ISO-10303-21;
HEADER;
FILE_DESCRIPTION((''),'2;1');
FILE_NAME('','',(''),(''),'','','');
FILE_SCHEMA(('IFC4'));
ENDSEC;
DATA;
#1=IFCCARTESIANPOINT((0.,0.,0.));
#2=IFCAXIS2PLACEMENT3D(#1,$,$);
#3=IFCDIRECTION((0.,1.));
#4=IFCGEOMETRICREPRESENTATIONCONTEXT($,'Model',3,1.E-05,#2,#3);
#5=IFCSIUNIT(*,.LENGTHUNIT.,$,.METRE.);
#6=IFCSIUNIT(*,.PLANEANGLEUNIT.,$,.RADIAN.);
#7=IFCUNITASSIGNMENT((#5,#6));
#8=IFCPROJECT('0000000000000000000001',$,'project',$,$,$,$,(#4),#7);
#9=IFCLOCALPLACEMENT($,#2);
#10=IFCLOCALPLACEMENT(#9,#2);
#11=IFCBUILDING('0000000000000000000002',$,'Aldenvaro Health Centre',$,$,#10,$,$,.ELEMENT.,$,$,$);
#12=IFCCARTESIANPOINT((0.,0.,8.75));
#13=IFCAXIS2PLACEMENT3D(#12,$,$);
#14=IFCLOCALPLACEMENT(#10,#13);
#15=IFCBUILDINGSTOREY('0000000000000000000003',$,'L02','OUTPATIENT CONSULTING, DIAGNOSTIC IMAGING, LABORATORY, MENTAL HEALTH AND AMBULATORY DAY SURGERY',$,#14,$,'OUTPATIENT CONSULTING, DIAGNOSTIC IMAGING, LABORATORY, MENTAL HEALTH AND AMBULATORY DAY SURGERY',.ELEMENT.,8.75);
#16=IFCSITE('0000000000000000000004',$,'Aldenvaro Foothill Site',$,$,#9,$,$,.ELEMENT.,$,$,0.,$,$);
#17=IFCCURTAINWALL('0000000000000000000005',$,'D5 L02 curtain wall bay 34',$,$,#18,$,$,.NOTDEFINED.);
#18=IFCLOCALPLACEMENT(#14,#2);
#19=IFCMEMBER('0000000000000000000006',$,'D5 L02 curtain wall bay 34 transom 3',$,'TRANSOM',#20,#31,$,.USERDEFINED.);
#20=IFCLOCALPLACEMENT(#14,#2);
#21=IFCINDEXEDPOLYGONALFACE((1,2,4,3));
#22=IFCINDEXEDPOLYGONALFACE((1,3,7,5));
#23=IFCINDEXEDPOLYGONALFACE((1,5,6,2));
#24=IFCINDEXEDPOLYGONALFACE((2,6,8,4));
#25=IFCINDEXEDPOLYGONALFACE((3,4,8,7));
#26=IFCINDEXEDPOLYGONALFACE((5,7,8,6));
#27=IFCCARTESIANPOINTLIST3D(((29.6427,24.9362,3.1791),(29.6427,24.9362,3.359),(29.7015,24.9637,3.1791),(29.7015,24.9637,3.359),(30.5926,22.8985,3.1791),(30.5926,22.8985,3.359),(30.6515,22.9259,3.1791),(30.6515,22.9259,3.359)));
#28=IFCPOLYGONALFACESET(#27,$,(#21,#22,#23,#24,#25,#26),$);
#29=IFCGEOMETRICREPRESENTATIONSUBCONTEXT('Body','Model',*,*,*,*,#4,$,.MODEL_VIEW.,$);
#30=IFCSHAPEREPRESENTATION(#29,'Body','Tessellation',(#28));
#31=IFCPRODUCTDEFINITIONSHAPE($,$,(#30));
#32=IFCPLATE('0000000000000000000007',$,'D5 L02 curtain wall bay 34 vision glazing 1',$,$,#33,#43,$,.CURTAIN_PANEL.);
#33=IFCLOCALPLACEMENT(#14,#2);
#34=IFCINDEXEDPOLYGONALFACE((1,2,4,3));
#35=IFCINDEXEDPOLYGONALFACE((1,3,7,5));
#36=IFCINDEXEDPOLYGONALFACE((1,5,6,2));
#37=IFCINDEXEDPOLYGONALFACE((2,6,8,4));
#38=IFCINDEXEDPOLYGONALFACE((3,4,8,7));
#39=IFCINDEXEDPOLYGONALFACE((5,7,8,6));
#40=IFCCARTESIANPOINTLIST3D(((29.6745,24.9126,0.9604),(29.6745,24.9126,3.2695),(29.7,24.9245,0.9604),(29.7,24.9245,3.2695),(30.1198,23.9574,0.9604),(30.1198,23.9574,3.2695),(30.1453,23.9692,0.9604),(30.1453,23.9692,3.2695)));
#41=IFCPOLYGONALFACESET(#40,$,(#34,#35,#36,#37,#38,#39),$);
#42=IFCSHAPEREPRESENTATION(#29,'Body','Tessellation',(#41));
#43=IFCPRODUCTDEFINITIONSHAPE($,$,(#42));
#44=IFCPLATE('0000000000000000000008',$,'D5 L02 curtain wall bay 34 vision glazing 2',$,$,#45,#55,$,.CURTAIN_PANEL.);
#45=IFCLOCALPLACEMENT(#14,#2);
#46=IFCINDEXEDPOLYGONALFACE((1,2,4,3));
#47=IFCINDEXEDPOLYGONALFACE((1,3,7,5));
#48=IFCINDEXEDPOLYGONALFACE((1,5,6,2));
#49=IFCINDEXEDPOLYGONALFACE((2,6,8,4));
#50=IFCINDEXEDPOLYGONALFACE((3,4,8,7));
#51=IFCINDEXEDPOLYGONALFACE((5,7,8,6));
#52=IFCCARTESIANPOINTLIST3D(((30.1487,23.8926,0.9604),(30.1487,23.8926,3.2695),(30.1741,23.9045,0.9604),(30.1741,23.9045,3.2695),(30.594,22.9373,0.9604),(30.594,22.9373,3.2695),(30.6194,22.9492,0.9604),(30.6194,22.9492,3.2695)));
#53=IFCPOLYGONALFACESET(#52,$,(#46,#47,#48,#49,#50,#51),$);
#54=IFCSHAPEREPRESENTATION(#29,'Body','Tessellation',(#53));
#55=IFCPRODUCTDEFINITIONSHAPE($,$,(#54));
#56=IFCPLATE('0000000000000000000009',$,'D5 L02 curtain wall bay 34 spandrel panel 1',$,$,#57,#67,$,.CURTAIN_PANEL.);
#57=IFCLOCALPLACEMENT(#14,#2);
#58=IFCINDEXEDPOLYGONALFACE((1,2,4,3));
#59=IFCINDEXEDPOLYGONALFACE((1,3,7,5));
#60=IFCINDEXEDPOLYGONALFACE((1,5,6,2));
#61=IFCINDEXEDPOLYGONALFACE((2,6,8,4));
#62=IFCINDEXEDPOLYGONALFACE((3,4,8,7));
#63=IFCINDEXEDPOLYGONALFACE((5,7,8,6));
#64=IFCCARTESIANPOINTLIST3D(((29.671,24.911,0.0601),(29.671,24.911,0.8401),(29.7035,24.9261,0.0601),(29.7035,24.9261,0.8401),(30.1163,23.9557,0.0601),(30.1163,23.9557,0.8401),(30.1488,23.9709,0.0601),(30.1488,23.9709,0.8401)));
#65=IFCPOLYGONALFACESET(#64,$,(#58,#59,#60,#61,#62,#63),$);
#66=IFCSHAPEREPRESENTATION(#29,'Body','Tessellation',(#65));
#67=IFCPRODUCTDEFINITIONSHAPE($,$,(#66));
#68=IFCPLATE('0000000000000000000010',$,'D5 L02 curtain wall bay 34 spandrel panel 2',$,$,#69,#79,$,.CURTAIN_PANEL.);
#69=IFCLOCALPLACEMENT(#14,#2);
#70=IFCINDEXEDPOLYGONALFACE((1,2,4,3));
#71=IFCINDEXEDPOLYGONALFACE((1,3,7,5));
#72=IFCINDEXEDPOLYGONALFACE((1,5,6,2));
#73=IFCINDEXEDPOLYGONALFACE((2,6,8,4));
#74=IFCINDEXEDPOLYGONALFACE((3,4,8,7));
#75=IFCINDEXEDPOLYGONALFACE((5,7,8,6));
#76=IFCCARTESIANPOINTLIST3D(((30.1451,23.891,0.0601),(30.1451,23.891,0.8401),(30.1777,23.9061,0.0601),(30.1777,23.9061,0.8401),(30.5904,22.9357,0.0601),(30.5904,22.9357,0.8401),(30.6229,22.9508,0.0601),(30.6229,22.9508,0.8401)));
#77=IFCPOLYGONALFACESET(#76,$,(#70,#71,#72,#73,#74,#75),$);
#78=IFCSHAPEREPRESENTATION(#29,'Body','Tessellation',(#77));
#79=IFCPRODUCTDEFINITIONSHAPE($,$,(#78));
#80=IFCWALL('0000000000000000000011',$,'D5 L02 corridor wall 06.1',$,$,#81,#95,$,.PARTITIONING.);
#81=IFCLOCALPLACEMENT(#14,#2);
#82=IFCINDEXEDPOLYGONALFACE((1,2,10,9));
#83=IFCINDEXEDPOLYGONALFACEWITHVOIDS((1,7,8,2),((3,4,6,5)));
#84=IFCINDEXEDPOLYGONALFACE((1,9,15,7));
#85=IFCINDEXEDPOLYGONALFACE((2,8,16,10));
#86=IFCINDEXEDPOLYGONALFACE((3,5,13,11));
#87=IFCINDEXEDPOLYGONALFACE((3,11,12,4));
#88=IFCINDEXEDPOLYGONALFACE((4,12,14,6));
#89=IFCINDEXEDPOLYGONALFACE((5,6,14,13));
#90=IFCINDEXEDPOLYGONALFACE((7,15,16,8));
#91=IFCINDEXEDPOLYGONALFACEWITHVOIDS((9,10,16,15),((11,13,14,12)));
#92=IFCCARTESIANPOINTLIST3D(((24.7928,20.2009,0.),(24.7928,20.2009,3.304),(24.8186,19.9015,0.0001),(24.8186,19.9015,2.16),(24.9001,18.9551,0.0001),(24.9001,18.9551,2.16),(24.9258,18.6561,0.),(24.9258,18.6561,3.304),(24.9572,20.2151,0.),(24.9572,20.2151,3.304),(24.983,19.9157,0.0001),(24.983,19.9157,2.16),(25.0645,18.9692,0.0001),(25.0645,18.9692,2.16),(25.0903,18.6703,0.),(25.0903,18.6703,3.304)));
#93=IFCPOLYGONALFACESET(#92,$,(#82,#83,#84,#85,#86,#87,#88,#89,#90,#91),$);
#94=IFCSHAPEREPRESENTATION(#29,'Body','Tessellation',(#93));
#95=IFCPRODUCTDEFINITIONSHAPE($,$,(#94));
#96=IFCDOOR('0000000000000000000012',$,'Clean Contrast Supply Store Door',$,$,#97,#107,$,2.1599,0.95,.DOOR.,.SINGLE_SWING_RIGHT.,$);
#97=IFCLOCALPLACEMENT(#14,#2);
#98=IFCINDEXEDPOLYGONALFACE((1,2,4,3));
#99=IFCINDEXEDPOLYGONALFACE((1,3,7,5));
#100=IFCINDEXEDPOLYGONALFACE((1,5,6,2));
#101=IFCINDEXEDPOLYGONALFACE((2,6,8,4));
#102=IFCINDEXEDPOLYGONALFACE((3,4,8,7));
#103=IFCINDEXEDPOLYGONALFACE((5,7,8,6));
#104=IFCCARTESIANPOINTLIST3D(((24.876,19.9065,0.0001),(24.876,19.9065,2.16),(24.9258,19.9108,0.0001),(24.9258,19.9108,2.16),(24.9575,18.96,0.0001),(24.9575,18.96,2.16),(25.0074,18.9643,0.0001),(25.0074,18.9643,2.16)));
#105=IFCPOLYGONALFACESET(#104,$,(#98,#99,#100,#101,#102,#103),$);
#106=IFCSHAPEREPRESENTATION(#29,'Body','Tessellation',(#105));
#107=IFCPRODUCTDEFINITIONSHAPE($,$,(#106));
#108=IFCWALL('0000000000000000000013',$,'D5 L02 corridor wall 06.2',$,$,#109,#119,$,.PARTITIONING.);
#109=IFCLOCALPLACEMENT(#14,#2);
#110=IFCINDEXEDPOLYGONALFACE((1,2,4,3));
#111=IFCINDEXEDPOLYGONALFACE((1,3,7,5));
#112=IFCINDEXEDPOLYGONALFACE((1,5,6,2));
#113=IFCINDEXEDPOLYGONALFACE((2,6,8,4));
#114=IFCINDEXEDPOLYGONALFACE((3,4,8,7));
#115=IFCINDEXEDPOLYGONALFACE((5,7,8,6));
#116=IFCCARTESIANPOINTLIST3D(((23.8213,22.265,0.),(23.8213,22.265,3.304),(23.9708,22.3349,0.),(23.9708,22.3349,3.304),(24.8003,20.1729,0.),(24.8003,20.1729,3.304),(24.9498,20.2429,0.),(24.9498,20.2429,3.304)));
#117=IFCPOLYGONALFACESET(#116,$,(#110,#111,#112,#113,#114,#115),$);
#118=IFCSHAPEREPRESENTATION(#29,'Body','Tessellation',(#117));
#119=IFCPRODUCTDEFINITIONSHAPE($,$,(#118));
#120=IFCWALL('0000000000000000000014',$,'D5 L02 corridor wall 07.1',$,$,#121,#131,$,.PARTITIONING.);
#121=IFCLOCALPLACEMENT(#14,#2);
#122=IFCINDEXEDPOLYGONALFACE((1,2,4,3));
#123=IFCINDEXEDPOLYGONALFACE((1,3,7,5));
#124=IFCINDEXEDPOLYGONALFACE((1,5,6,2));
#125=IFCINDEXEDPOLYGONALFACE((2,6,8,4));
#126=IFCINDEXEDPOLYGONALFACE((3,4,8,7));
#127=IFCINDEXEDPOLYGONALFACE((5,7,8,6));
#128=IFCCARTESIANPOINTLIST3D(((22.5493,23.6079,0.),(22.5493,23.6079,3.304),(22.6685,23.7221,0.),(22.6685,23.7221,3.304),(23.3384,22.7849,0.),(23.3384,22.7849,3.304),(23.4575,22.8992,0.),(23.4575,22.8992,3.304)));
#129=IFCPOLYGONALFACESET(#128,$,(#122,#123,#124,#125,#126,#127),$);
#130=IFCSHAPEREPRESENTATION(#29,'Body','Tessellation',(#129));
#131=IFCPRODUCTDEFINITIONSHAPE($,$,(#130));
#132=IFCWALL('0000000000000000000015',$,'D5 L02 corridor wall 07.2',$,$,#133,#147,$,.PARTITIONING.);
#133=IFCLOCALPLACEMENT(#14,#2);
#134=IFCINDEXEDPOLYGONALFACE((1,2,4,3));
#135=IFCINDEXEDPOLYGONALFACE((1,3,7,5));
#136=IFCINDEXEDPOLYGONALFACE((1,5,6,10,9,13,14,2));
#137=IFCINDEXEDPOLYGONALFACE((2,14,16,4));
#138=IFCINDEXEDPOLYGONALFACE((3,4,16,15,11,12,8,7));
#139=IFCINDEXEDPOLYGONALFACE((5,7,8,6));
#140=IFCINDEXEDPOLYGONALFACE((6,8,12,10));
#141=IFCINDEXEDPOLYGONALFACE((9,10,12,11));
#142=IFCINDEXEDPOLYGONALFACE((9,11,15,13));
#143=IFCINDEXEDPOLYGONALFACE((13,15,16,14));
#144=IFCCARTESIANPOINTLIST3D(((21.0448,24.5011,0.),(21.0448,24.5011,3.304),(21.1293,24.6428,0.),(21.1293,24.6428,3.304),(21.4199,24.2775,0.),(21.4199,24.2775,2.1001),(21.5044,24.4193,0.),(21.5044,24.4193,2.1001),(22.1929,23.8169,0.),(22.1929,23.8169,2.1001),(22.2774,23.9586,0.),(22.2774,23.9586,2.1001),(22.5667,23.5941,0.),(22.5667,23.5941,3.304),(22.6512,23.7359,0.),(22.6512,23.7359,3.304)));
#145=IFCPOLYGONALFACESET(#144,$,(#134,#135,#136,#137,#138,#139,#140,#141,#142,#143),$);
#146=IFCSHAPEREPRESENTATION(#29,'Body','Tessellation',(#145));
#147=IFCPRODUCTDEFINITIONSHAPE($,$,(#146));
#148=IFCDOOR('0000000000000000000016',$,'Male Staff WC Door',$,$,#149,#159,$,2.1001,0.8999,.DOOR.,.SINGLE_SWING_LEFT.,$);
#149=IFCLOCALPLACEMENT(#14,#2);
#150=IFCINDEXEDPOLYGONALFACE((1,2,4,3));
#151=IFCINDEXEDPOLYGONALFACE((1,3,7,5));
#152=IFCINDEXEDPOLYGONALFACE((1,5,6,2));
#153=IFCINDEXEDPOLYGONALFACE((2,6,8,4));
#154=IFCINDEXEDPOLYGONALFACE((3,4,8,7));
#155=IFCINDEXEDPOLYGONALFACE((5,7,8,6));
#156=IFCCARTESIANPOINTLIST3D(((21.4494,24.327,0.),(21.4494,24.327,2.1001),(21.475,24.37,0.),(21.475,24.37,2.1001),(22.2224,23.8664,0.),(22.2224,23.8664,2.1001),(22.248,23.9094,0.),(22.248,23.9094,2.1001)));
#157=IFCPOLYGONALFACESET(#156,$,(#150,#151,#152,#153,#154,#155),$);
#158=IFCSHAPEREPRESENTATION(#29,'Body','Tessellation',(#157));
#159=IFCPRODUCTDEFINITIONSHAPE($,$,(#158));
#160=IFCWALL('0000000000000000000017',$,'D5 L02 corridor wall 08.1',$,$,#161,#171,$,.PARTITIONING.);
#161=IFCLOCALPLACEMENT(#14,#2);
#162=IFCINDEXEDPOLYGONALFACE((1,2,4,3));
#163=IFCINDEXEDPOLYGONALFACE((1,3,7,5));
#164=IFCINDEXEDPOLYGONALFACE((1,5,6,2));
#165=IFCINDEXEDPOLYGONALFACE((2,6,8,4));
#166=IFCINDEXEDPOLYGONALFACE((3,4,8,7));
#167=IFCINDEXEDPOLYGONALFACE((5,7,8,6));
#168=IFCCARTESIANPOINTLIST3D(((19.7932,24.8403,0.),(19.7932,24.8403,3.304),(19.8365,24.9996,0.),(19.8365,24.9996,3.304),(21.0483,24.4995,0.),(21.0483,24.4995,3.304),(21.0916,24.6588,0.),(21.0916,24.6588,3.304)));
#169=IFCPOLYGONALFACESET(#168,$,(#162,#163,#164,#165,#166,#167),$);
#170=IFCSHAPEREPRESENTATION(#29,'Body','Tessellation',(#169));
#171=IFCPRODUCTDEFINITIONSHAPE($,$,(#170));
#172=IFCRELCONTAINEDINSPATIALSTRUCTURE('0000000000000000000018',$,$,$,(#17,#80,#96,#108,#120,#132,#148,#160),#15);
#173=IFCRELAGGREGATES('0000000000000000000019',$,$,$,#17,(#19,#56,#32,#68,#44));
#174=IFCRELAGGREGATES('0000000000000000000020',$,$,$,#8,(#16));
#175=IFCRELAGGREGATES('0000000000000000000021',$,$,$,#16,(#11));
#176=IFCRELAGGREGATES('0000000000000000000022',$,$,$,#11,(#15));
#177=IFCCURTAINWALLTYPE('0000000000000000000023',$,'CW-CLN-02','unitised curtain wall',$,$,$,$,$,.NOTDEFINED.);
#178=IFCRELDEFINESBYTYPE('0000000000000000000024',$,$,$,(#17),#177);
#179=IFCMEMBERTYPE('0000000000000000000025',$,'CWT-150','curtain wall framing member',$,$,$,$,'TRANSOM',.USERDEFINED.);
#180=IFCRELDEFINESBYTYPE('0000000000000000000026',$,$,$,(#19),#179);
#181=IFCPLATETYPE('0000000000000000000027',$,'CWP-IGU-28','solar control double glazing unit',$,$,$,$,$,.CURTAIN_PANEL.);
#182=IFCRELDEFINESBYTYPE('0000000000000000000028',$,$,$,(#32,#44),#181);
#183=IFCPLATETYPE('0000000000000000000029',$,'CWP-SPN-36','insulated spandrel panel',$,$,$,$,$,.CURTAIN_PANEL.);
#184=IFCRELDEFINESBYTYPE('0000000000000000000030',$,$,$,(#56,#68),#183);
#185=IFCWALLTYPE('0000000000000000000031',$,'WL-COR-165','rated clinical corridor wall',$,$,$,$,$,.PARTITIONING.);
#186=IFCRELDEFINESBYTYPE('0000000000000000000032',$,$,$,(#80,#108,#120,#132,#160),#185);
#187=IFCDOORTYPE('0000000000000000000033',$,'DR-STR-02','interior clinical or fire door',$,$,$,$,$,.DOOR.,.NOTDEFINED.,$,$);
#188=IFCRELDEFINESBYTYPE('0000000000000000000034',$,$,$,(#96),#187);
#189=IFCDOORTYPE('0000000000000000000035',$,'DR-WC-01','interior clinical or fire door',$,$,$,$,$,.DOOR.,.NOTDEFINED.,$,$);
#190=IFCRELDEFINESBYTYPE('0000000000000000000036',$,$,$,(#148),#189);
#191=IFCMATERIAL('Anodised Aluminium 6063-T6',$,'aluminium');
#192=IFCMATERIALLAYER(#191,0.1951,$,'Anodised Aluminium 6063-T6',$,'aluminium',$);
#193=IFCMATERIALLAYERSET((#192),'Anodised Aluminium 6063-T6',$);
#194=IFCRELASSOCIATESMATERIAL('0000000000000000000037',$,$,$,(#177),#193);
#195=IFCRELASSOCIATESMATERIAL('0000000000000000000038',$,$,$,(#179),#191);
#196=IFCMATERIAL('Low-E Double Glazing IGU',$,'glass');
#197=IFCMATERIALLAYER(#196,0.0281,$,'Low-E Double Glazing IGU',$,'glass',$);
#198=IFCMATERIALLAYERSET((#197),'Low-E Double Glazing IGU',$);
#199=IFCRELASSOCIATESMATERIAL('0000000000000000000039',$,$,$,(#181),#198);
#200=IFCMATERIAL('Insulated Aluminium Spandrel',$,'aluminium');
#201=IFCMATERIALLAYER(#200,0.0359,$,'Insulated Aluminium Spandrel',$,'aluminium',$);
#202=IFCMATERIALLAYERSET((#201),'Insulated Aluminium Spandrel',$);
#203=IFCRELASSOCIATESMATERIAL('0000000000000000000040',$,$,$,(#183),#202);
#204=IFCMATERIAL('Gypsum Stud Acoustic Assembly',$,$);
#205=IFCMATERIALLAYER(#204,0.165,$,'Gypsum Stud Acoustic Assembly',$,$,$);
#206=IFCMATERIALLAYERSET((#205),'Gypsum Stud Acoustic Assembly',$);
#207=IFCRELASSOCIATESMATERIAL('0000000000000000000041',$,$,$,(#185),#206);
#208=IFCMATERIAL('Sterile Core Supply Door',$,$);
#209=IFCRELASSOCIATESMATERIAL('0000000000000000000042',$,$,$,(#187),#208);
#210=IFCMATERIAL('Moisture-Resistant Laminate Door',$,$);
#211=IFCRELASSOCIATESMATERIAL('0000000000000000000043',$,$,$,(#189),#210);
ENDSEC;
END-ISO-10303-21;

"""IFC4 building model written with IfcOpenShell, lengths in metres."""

from ifc_helpers import new_model, si_unit, direction, frame, frame_2d, origin, origin_2d, place, context, subcontext, project, spatial, rectangle, extrude, material, layer, layer_set, material_profile, profile_set, type_object, element, fill, aggregate, save


model = new_model("IFC4")

# Units and contexts
model_context = context("Model", 3, precision=1e-05, world=origin(), true_north=direction((0.0, 1.0)))
body_context = subcontext(model_context, "Body", "Model", "MODEL_VIEW")
ifc_project = project(units=[si_unit("LENGTHUNIT", "METRE"), si_unit("PLANEANGLEUNIT", "RADIAN")], contexts=[model_context])

# Site, building, storey
site_placement = place(None, origin())
site = spatial("IfcSite", under=ifc_project, at=site_placement, Name="Aldenvaro Foothill Site", CompositionType="ELEMENT", RefElevation=0.0)
building_placement = place(site_placement, origin())
building = spatial("IfcBuilding", under=site, at=building_placement, Name="Aldenvaro Health Centre", CompositionType="ELEMENT")
storey_placement = place(building_placement, frame((0.0, 0.0, 8.75)))
storey = spatial("IfcBuildingStorey", under=building, at=storey_placement, Name="L02", Description="OUTPATIENT CONSULTING, DIAGNOSTIC IMAGING, LABORATORY, MENTAL HEALTH AND AMBULATORY DAY SURGERY", LongName="OUTPATIENT CONSULTING, DIAGNOSTIC IMAGING, LABORATORY, MENTAL HEALTH AND AMBULATORY DAY SURGERY", CompositionType="ELEMENT", Elevation=8.75)

# Curtain wall, member, plates
ifc_material_1 = material(Name="Anodised Aluminium 6063-T6", Category="aluminium")
ifc_layer_1 = layer(ifc_material_1, 0.1951, Name="Anodised Aluminium 6063-T6", Category="aluminium")
ifc_layer_set_1 = layer_set([ifc_layer_1], Name="Anodised Aluminium 6063-T6")
curtain_wall_type = type_object("IfcCurtainWallType", Name="CW-CLN-02", Description="unitised curtain wall", PredefinedType="NOTDEFINED", material=ifc_layer_set_1)
curtain_wall_placement = place(storey_placement, origin())
curtain_wall = element("IfcCurtainWall", 1, at=curtain_wall_placement, inside=storey, type_object=curtain_wall_type, Name="D5 L02 curtain wall bay 34", PredefinedType="NOTDEFINED")
ifc_material_profile_1 = material_profile(ifc_material_1, rectangle(XDim=0.0649, YDim=0.1799, at=origin_2d()), Name="ALU 65x180", Category="aluminium")
ifc_profile_set_1 = profile_set([ifc_material_profile_1], Name="Anodised Aluminium 6063-T6")
member_type_1 = type_object("IfcMemberType", Name="CWT-150", Description="curtain wall framing member", ElementType="TRANSOM", PredefinedType="USERDEFINED", material=ifc_profile_set_1)
member_1_placement = place(storey_placement, frame((29.6721, 24.95, 3.269), z_axis=(0.422505, -0.906361, 0.0), x_axis=(0.906361, 0.422505, 0.0)))
member_1 = element("IfcMember", 2, at=member_1_placement, type_object=member_type_1, Name="D5 L02 curtain wall bay 34 transom 3", ObjectType="TRANSOM", PredefinedType="USERDEFINED", context=body_context, shape_type="SweptSolid", body=[
    extrude(rectangle(XDim=0.0649, YDim=0.1799, at=origin_2d()), origin(), (0.0, 0.0, 1.0), 2.2483),
])
ifc_material_2 = material(Name="Low-E Double Glazing IGU", Category="glass")
ifc_layer_2 = layer(ifc_material_2, 0.0281, Name="Low-E Double Glazing IGU", Category="glass")
ifc_layer_set_2 = layer_set([ifc_layer_2], Name="Low-E Double Glazing IGU")
plate_type_1 = type_object("IfcPlateType", Name="CWP-IGU-28", Description="solar control double glazing unit", PredefinedType="CURTAIN_PANEL", material=ifc_layer_set_2)
plate_1_placement = place(storey_placement, frame((29.9099, 24.4409, 0.9604), z_axis=(0.0, 0.0, 1.0), x_axis=(0.422496, -0.906365, 0.0)))
plate_1 = element("IfcPlate", 3, at=plate_1_placement, type_object=plate_type_1, Name="D5 L02 curtain wall bay 34 vision glazing 1", PredefinedType="CURTAIN_PANEL", context=body_context, shape_type="SweptSolid", body=[
    extrude(rectangle(XDim=1.054, YDim=0.0281, at=origin_2d()), origin(), (0.0, 0.0, 1.0), 2.3091),
])
plate_2_placement = place(storey_placement, frame((30.384, 23.4209, 0.9604), z_axis=(0.0, 0.0, 1.0), x_axis=(0.422496, -0.906365, 0.0)))
plate_2 = element("IfcPlate", 4, at=plate_2_placement, type_object=plate_type_1, Name="D5 L02 curtain wall bay 34 vision glazing 2", PredefinedType="CURTAIN_PANEL", context=body_context, shape_type="SweptSolid", body=[
    extrude(rectangle(XDim=1.054, YDim=0.0281, at=origin_2d()), origin(), (0.0, 0.0, 1.0), 2.3091),
])
ifc_material_3 = material(Name="Insulated Aluminium Spandrel", Category="aluminium")
ifc_layer_3 = layer(ifc_material_3, 0.0359, Name="Insulated Aluminium Spandrel", Category="aluminium")
ifc_layer_set_3 = layer_set([ifc_layer_3], Name="Insulated Aluminium Spandrel")
plate_type_2 = type_object("IfcPlateType", Name="CWP-SPN-36", Description="insulated spandrel panel", PredefinedType="CURTAIN_PANEL", material=ifc_layer_set_3)
plate_3_placement = place(storey_placement, frame((29.9099, 24.4409, 0.0601), z_axis=(0.0, 0.0, 1.0), x_axis=(0.422496, -0.906365, 0.0)))
plate_3 = element("IfcPlate", 5, at=plate_3_placement, type_object=plate_type_2, Name="D5 L02 curtain wall bay 34 spandrel panel 1", PredefinedType="CURTAIN_PANEL", context=body_context, shape_type="SweptSolid", body=[
    extrude(rectangle(XDim=1.054, YDim=0.0359, at=origin_2d()), origin(), (0.0, 0.0, 1.0), 0.78),
])
plate_4_placement = place(storey_placement, frame((30.384, 23.4209, 0.0601), z_axis=(0.0, 0.0, 1.0), x_axis=(0.422496, -0.906365, 0.0)))
plate_4 = element("IfcPlate", 6, at=plate_4_placement, type_object=plate_type_2, Name="D5 L02 curtain wall bay 34 spandrel panel 2", PredefinedType="CURTAIN_PANEL", context=body_context, shape_type="SweptSolid", body=[
    extrude(rectangle(XDim=1.054, YDim=0.0359, at=origin_2d()), origin(), (0.0, 0.0, 1.0), 0.78),
])
aggregate(curtain_wall, [member_1, plate_3, plate_1, plate_4, plate_2])

# Wall, opening, door
ifc_material_4 = material(Name="Gypsum Stud Acoustic Assembly")
ifc_layer_4 = layer(ifc_material_4, 0.165, Name="Gypsum Stud Acoustic Assembly")
ifc_layer_set_4 = layer_set([ifc_layer_4], Name="Gypsum Stud Acoustic Assembly")
wall_type_1 = type_object("IfcWallType", Name="WL-COR-165", Description="rated clinical corridor wall", PredefinedType="PARTITIONING", material=ifc_layer_set_4)
wall_1_placement = place(storey_placement, frame((25.0081, 18.6631, 0.0), z_axis=(0.0, 0.0, 1.0), x_axis=(-0.085808, 0.996312, 0.0)))
wall_1 = element("IfcWall", 7, at=wall_1_placement, inside=storey, type_object=wall_type_1, Name="D5 L02 corridor wall 06.1", PredefinedType="PARTITIONING", context=body_context, shape_type="SweptSolid", body=[
    extrude(rectangle(XDim=1.5505, YDim=0.165, at=frame_2d((0.7754, 0.0))), origin(), (0.0, 0.0, 1.0), 3.304),
])
opening_1_placement = place(wall_1_placement, frame((0.3, 0.0, 0.0)))
opening_1 = element("IfcOpeningElement", 8, at=opening_1_placement, cuts=wall_1, PredefinedType="OPENING", context=body_context, shape_type="SweptSolid", body=[
    extrude(rectangle(XDim=0.95, YDim=2.1599, at=frame_2d((0.4751, 1.0801))), frame((0.0, 0.0925, 0.0), z_axis=(0.0, -1.0, 0.0), x_axis=(1.0, 0.0, 0.0)), (0.0, 0.0, 1.0), 0.1851),
])
ifc_material_5 = material(Name="Sterile Core Supply Door")
door_type_1 = type_object("IfcDoorType", Name="DR-STR-02", Description="interior clinical or fire door", OperationType="NOTDEFINED", PredefinedType="DOOR", material=ifc_material_5)
door_1_placement = place(opening_1_placement, origin())
door_1 = element("IfcDoor", 9, at=door_1_placement, inside=storey, type_object=door_type_1, Name="Clean Contrast Supply Store Door", OperationType="SINGLE_SWING_RIGHT", OverallHeight=2.1599, OverallWidth=0.95, PredefinedType="DOOR", context=body_context, shape_type="SweptSolid", body=[
    extrude(rectangle(XDim=0.95, YDim=2.1599, at=frame_2d((0.4751, 1.0801))), frame((0.0, 0.0249, 0.0), z_axis=(0.0, -1.0, 0.0), x_axis=(1.0, 0.0, 0.0)), (0.0, 0.0, 1.0), 0.05),
])
fill(opening_1, door_1)

# Walls
wall_2_placement = place(storey_placement, frame((24.875, 20.208, 0.0), z_axis=(0.0, 0.0, 1.0), x_axis=(-0.423852, 0.905732, 0.0)))
element("IfcWall", 10, at=wall_2_placement, inside=storey, type_object=wall_type_1, Name="D5 L02 corridor wall 06.2", PredefinedType="PARTITIONING", context=body_context, shape_type="SweptSolid", body=[
    extrude(rectangle(XDim=2.3098, YDim=0.165, at=frame_2d((1.1548, 0.0))), origin(), (0.0, 0.0, 1.0), 3.304),
])
wall_3_placement = place(storey_placement, frame((23.3979, 22.842, 0.0), z_axis=(0.0, 0.0, 1.0), x_axis=(-0.692068, 0.721832, 0.0)))
element("IfcWall", 11, at=wall_3_placement, inside=storey, type_object=wall_type_1, Name="D5 L02 corridor wall 07.1", PredefinedType="PARTITIONING", context=body_context, shape_type="SweptSolid", body=[
    extrude(rectangle(XDim=1.1401, YDim=0.165, at=frame_2d((0.5701, 0.0))), origin(), (0.0, 0.0, 1.0), 3.304),
])

# Wall, opening, door
wall_4_placement = place(storey_placement, frame((22.6089, 23.665, 0.0), z_axis=(0.0, 0.0, 1.0), x_axis=(-0.859033, 0.51192, 0.0)))
wall_4 = element("IfcWall", 12, at=wall_4_placement, inside=storey, type_object=wall_type_1, Name="D5 L02 corridor wall 07.2", PredefinedType="PARTITIONING", context=body_context, shape_type="SweptSolid", body=[
    extrude(rectangle(XDim=1.7717, YDim=0.165, at=frame_2d((0.8857, 0.0))), origin(), (0.0, 0.0, 1.0), 3.304),
])
opening_2_placement = place(wall_4_placement, frame((0.4351, 0.0, 0.0)))
opening_2 = element("IfcOpeningElement", 13, at=opening_2_placement, cuts=wall_4, PredefinedType="OPENING", context=body_context, shape_type="SweptSolid", body=[
    extrude(rectangle(XDim=0.8999, YDim=2.1001, at=frame_2d((0.45, 1.05))), frame((0.0, 0.0925, 0.0), z_axis=(0.0, -1.0, 0.0), x_axis=(1.0, 0.0, 0.0)), (0.0, 0.0, 1.0), 0.1851),
])
ifc_material_6 = material(Name="Moisture-Resistant Laminate Door")
door_type_2 = type_object("IfcDoorType", Name="DR-WC-01", Description="interior clinical or fire door", OperationType="NOTDEFINED", PredefinedType="DOOR", material=ifc_material_6)
door_2_placement = place(opening_2_placement, origin())
door_2 = element("IfcDoor", 14, at=door_2_placement, inside=storey, type_object=door_type_2, Name="Male Staff WC Door", OperationType="SINGLE_SWING_LEFT", OverallHeight=2.1001, OverallWidth=0.8999, PredefinedType="DOOR", context=body_context, shape_type="SweptSolid", body=[
    extrude(rectangle(XDim=0.8999, YDim=2.1001, at=frame_2d((0.45, 1.05))), frame((0.0, 0.0249, 0.0), z_axis=(0.0, -1.0, 0.0), x_axis=(1.0, 0.0, 0.0)), (0.0, 0.0, 1.0), 0.05),
])
fill(opening_2, door_2)

# Wall
wall_5_placement = place(storey_placement, frame((21.0701, 24.5791, 0.0), z_axis=(0.0, 0.0, 1.0), x_axis=(-0.965053, 0.262053, 0.0)))
element("IfcWall", 15, at=wall_5_placement, inside=storey, type_object=wall_type_1, Name="D5 L02 corridor wall 08.1", PredefinedType="PARTITIONING", context=body_context, shape_type="SweptSolid", body=[
    extrude(rectangle(XDim=1.3005, YDim=0.165, at=frame_2d((0.6504, 0.0))), origin(), (0.0, 0.0, 1.0), 3.304),
])

save(model, "model.ifc")
